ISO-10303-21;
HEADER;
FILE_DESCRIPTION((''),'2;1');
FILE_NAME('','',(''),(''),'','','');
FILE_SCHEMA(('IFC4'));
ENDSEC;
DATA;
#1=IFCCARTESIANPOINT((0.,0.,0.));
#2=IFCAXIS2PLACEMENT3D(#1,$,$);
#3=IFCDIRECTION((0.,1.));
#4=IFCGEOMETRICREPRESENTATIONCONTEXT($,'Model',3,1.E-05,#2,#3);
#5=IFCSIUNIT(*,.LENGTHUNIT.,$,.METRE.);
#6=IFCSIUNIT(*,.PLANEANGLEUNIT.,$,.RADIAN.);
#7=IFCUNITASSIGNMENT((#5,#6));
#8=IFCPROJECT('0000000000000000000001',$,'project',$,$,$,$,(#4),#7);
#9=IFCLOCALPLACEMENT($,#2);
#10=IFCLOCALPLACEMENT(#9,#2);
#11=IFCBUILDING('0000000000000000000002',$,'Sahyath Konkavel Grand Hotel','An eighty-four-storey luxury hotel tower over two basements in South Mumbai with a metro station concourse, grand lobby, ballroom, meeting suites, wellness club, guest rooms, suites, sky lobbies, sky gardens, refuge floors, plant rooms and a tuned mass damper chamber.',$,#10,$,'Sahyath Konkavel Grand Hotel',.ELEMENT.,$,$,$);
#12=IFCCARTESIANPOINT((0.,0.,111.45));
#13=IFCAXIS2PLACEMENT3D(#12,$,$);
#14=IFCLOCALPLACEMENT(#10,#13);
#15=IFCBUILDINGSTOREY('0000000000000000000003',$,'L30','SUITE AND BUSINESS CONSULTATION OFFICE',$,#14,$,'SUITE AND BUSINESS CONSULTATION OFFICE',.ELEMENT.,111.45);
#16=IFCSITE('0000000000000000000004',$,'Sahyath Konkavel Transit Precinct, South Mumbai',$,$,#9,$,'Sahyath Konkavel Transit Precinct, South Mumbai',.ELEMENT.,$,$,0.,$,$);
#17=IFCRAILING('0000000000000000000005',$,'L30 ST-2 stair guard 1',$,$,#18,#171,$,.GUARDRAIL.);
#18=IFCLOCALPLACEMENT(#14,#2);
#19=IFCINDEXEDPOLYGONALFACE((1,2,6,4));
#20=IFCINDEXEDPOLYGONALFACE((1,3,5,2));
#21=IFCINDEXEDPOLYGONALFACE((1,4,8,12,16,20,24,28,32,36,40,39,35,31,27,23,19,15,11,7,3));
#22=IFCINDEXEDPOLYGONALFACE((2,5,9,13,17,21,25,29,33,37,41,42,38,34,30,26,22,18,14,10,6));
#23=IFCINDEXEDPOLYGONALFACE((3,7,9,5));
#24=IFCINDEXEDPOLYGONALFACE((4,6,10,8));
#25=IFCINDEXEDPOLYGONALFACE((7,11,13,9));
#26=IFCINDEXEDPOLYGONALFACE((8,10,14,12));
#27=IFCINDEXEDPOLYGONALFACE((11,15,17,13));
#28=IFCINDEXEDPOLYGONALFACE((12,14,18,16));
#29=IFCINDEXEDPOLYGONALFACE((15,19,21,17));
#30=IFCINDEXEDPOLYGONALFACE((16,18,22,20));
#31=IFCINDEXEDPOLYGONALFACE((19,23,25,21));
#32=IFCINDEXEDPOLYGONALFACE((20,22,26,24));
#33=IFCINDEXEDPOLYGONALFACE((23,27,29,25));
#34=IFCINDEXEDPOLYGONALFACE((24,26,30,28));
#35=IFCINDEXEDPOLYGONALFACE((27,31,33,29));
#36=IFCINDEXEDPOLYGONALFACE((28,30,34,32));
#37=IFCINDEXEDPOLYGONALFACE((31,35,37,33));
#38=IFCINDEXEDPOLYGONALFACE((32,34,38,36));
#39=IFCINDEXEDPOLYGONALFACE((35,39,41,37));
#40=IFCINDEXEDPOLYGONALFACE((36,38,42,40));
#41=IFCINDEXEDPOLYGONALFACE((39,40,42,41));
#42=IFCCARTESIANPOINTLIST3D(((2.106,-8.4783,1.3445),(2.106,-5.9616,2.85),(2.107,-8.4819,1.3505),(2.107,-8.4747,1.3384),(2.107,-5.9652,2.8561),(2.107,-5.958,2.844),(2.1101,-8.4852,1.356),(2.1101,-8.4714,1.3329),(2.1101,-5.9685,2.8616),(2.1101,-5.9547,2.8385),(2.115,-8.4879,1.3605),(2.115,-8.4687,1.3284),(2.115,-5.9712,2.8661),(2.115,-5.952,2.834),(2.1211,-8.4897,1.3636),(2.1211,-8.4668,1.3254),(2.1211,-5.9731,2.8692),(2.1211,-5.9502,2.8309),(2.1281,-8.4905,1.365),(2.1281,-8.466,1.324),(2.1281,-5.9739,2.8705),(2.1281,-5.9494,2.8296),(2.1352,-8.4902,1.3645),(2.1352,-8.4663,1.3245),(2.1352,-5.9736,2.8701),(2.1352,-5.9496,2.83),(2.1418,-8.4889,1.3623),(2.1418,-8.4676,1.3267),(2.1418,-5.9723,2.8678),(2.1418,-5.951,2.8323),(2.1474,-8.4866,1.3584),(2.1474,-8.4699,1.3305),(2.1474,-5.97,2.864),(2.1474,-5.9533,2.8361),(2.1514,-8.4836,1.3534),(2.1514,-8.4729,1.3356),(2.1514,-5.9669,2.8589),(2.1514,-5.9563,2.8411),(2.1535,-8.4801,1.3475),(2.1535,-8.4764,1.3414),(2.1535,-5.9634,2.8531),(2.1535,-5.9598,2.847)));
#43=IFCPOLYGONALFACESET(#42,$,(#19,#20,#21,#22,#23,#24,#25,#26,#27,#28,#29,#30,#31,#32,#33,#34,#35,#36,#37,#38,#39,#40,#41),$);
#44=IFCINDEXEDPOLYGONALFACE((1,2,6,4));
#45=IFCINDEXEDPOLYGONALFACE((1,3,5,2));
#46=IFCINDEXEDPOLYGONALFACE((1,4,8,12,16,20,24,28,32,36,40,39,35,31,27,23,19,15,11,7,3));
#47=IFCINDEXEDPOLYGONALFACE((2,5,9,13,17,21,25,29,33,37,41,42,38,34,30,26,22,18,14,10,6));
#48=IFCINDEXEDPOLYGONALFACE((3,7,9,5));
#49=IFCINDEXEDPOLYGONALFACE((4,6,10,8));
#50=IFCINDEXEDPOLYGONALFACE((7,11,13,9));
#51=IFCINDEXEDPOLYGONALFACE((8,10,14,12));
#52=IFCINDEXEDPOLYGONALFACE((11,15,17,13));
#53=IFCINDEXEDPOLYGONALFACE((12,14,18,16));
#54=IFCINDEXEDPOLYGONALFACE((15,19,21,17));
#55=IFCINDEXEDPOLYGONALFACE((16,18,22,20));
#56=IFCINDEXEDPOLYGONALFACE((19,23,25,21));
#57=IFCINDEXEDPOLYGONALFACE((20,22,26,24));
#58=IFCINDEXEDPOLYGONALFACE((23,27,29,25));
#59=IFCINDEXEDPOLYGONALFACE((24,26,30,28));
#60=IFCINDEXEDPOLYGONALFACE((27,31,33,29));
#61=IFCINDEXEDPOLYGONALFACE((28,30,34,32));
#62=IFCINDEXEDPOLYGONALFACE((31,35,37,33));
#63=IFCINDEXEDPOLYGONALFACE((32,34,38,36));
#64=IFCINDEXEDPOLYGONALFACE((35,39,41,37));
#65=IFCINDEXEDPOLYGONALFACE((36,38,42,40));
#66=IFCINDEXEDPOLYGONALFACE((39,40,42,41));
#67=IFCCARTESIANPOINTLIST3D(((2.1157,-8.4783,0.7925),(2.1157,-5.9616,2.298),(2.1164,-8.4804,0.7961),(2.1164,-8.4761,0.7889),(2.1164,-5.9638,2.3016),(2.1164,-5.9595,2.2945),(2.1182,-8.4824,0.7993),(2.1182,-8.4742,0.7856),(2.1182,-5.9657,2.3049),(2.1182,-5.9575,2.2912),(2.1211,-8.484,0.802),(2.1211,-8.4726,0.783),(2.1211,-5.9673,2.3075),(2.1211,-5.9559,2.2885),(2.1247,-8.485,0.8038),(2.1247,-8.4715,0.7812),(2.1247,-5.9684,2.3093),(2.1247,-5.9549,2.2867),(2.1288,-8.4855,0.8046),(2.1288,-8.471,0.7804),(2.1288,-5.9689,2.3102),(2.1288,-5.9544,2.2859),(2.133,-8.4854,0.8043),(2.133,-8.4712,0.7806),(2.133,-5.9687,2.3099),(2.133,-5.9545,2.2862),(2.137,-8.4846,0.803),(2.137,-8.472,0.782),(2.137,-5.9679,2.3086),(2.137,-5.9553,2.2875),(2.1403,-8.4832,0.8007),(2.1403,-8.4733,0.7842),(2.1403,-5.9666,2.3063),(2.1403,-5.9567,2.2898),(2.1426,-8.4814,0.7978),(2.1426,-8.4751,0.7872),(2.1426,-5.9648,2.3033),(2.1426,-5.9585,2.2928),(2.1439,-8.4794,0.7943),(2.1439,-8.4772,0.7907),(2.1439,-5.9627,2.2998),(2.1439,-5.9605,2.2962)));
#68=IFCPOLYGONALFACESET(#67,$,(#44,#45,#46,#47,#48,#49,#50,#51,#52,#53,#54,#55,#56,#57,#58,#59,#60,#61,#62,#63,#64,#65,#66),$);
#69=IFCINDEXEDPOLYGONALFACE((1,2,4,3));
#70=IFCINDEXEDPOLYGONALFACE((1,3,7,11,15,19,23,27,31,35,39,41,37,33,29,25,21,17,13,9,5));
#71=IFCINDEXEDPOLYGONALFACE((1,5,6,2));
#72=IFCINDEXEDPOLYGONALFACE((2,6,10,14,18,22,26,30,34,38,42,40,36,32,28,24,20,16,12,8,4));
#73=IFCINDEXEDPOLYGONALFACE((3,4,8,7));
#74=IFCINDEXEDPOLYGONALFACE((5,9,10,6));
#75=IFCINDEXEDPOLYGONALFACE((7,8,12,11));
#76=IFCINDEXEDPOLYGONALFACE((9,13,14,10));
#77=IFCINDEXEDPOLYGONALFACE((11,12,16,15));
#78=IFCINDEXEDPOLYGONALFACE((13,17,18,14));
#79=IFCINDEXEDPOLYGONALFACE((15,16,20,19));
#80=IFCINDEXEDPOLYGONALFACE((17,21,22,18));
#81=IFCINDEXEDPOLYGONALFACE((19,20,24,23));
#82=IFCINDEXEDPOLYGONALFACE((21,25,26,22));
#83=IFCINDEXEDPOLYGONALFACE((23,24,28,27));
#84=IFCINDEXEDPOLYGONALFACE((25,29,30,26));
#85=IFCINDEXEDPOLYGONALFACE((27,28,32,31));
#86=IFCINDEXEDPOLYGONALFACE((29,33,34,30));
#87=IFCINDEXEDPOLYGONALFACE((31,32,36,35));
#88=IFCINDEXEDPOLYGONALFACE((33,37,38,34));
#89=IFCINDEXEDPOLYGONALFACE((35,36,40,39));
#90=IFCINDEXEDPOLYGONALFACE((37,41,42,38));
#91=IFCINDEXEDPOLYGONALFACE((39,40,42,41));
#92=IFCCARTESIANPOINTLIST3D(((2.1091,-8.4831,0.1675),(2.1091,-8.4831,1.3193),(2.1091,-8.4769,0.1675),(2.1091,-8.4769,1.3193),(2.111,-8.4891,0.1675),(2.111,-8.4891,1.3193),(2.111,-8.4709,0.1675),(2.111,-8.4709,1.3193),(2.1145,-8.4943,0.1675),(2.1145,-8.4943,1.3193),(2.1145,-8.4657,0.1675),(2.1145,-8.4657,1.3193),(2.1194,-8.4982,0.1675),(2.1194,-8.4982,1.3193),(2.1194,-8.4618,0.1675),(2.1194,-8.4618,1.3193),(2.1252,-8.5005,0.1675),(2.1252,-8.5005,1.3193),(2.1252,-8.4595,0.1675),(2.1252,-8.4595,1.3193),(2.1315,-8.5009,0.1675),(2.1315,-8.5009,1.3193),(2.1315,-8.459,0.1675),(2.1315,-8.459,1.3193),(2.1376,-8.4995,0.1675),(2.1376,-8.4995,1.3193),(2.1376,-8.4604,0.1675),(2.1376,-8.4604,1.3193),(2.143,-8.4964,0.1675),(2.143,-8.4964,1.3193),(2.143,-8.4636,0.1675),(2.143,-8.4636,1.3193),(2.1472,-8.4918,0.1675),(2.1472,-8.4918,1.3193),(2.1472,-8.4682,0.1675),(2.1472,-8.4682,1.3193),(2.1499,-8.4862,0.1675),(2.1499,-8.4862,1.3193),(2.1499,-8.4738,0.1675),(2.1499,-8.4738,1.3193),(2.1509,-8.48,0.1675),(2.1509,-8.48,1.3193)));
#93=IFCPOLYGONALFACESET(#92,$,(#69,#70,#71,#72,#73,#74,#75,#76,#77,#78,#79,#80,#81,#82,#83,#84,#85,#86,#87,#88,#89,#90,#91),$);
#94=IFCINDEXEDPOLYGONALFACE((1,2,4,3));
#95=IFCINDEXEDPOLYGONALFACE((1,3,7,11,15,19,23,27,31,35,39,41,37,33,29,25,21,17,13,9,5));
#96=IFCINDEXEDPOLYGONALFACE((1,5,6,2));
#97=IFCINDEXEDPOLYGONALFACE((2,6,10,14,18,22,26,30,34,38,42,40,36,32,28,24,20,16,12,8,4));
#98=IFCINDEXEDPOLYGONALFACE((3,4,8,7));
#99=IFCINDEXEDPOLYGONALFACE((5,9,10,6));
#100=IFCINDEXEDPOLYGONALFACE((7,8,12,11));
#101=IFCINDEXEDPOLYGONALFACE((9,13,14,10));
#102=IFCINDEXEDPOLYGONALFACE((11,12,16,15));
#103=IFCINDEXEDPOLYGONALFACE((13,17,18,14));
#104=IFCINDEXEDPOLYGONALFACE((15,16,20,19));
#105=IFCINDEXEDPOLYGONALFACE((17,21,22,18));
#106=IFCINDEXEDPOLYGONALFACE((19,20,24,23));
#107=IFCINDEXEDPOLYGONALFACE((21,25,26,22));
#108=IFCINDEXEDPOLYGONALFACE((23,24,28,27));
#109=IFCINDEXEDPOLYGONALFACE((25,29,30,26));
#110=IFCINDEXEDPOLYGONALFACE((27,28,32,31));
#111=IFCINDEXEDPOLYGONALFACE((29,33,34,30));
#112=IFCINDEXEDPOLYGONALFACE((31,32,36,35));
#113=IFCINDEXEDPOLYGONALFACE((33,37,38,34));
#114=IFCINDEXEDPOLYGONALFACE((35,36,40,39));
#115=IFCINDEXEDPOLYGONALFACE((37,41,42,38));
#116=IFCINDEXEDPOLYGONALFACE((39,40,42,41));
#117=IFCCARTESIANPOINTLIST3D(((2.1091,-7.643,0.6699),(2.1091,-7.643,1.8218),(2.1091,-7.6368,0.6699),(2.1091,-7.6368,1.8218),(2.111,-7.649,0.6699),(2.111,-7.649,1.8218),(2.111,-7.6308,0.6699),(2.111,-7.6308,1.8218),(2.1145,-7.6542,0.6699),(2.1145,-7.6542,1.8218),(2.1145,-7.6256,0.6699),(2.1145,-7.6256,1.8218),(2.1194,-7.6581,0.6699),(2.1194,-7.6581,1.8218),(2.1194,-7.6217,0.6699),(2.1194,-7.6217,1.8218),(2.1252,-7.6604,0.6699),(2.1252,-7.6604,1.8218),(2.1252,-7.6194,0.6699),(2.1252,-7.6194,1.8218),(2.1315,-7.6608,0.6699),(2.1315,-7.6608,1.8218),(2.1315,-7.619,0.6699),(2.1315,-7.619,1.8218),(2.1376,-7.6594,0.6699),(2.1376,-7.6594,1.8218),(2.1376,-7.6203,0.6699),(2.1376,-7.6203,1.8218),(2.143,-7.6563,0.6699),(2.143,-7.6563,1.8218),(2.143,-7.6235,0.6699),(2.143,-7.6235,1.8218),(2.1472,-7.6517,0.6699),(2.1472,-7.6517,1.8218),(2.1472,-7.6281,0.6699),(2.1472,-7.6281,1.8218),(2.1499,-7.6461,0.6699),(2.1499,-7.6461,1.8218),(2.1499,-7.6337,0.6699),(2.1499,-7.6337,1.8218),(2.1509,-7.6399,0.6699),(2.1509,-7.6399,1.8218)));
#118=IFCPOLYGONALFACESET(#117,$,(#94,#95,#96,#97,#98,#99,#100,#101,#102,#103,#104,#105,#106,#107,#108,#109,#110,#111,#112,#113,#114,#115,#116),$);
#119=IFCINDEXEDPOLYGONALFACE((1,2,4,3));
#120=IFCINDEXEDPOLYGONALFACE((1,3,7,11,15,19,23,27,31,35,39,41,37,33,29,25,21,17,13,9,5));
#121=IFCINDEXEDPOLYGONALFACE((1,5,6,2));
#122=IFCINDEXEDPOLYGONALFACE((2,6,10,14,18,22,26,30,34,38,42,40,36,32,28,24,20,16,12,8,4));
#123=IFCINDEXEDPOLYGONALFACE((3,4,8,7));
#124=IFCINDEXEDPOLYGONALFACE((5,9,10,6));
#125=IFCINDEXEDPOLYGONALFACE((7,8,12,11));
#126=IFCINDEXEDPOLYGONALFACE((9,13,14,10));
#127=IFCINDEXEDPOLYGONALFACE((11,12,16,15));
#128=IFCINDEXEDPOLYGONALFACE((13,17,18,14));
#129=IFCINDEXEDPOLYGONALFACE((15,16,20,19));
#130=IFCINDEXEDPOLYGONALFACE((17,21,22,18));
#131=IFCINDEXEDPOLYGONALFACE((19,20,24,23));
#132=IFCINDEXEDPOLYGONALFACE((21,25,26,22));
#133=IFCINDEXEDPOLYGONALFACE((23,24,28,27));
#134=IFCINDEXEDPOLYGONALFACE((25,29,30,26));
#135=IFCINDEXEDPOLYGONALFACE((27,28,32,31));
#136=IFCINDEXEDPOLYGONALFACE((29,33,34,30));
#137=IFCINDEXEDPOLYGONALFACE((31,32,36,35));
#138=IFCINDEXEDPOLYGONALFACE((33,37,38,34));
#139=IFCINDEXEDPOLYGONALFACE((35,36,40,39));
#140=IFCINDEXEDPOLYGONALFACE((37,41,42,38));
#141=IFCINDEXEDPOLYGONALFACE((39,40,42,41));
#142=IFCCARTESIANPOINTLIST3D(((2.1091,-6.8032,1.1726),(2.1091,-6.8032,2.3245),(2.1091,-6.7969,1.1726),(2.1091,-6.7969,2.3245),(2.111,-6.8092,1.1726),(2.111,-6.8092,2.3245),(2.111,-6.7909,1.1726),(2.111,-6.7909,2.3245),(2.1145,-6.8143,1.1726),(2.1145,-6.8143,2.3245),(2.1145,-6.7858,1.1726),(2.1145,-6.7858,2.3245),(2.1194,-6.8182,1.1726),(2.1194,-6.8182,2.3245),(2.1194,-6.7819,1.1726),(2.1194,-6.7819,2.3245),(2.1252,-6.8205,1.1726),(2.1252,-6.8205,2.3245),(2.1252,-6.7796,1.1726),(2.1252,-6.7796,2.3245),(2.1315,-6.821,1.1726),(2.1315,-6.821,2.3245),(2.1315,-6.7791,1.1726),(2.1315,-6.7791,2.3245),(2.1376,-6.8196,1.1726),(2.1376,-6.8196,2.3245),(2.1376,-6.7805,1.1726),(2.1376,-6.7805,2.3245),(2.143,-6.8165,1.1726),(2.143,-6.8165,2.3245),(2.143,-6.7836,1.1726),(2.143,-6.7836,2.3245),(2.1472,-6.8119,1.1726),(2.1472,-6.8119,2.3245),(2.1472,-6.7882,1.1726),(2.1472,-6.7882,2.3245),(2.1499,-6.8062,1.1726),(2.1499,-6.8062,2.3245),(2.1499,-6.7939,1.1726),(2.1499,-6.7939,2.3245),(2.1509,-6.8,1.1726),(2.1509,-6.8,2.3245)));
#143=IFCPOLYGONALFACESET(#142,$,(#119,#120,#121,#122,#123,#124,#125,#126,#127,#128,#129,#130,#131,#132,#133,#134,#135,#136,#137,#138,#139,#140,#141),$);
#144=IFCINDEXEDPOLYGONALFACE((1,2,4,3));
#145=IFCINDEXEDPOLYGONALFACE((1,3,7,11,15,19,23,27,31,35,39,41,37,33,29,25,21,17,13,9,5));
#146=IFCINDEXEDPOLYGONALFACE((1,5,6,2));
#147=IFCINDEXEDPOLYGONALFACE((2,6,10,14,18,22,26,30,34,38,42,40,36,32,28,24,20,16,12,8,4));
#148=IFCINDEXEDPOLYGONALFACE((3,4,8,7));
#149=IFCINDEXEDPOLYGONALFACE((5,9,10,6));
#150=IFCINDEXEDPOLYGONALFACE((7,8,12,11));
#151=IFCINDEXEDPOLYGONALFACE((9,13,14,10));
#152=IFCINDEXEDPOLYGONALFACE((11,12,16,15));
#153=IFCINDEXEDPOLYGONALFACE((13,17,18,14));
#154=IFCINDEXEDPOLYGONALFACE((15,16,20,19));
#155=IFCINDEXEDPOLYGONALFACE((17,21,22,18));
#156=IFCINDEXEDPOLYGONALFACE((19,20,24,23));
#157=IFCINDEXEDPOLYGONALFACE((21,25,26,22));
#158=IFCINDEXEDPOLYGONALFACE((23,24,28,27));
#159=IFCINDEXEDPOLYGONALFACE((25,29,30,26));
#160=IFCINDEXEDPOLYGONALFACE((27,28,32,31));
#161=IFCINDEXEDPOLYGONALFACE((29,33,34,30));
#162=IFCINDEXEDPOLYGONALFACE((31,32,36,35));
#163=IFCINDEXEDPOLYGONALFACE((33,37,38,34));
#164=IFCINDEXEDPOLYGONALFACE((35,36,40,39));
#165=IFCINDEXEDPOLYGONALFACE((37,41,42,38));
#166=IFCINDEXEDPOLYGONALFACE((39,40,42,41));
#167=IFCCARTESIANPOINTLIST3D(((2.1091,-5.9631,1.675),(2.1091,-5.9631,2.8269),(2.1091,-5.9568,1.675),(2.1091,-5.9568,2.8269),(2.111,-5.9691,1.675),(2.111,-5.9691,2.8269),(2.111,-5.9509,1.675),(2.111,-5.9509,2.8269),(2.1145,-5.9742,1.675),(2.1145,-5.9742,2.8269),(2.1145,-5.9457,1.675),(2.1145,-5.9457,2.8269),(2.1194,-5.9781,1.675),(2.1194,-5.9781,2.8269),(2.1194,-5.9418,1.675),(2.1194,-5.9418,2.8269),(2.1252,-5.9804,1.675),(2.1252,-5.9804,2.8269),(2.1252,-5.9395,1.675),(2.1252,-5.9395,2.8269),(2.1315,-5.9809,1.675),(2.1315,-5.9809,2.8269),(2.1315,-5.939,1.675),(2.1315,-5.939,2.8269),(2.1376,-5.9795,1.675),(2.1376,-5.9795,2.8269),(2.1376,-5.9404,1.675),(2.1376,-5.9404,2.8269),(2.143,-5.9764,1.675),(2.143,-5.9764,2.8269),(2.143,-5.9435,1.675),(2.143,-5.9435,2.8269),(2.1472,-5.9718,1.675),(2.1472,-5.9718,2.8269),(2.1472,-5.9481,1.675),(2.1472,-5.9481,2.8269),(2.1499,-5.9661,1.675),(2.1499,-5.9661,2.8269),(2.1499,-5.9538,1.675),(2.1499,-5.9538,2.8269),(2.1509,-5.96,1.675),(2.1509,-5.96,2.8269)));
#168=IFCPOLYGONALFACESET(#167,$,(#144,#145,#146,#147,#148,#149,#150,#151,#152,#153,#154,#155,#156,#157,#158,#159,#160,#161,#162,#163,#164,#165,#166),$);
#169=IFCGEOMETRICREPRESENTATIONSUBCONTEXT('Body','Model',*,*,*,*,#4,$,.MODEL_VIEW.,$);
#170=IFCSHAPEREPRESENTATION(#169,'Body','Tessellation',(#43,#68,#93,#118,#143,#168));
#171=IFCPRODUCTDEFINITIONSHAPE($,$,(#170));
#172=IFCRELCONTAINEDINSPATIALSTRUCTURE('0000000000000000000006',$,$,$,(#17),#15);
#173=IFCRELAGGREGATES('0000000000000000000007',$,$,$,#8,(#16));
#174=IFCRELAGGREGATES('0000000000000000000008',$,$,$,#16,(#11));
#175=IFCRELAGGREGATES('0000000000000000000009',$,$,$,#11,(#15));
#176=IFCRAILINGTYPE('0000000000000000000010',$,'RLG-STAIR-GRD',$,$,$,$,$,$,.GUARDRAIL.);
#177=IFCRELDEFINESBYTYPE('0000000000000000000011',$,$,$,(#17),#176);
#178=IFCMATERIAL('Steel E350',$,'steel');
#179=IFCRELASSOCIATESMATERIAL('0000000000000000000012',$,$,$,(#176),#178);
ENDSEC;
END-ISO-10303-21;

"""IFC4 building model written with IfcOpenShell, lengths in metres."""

from ifc_helpers import new_model, si_unit, direction, frame, origin, origin_2d, place, context, subcontext, project, spatial, circle, extrude, material, type_object, element, save


model = new_model("IFC4")

# Units and contexts
model_context = context("Model", 3, precision=1e-05, world=origin(), true_north=direction((0.0, 1.0)))
body_context = subcontext(model_context, "Body", "Model", "MODEL_VIEW")
ifc_project = project(units=[si_unit("LENGTHUNIT", "METRE"), si_unit("PLANEANGLEUNIT", "RADIAN")], contexts=[model_context])

# Site, building, storey
site_placement = place(None, origin())
site = spatial("IfcSite", under=ifc_project, at=site_placement, Name="Sahyath Konkavel Transit Precinct, South Mumbai", LongName="Sahyath Konkavel Transit Precinct, South Mumbai", CompositionType="ELEMENT", RefElevation=0.0)
building_placement = place(site_placement, origin())
building = spatial("IfcBuilding", under=site, at=building_placement, Name="Sahyath Konkavel Grand Hotel", Description="An eighty-four-storey luxury hotel tower over two basements in South Mumbai with a metro station concourse, grand lobby, ballroom, meeting suites, wellness club, guest rooms, suites, sky lobbies, sky gardens, refuge floors, plant rooms and a tuned mass damper chamber.", LongName="Sahyath Konkavel Grand Hotel", CompositionType="ELEMENT")
storey_placement = place(building_placement, frame((0.0, 0.0, 111.45)))
storey = spatial("IfcBuildingStorey", under=building, at=storey_placement, Name="L30", Description="SUITE AND BUSINESS CONSULTATION OFFICE", LongName="SUITE AND BUSINESS CONSULTATION OFFICE", CompositionType="ELEMENT", Elevation=111.45)

# Shared definitions
ifc_material_1 = material(Name="Steel E350", Category="steel")

# Railing
railing_type_1 = type_object("IfcRailingType", Name="RLG-STAIR-GRD", PredefinedType="GUARDRAIL", material=ifc_material_1)
railing_1_placement = place(storey_placement, frame((2.1299, -8.48, 0.1675)))
element("IfcRailing", 1, at=railing_1_placement, inside=storey, type_object=railing_type_1, Name="L30 ST-2 stair guard 1", PredefinedType="GUARDRAIL", context=body_context, shape_type="SweptSolid", body=[
    extrude(circle(Radius=0.0239, at=origin_2d()), frame((0.0, 0.0017, 1.177), z_axis=(0.0, 0.85816, 0.513383), x_axis=(-1.0, 0.0, 0.0)), (0.0, 0.0, 1.0), 2.9326),
    extrude(circle(Radius=0.0142, at=origin_2d()), frame((0.0, 0.0017, 0.625), z_axis=(0.0, 0.85816, 0.513383), x_axis=(-1.0, 0.0, 0.0)), (0.0, 0.0, 1.0), 2.9326),
    extrude(circle(Radius=0.021, at=origin_2d()), origin(), (0.0, 0.0, 1.0), 1.1519),
    extrude(circle(Radius=0.021, at=origin_2d()), frame((0.0, 0.8401, 0.5024)), (0.0, 0.0, 1.0), 1.1519),
    extrude(circle(Radius=0.021, at=origin_2d()), frame((0.0, 1.6799, 1.0051)), (0.0, 0.0, 1.0), 1.1519),
    extrude(circle(Radius=0.021, at=origin_2d()), frame((0.0, 2.52, 1.5076)), (0.0, 0.0, 1.0), 1.1519),
])

save(model, "model.ifc")
